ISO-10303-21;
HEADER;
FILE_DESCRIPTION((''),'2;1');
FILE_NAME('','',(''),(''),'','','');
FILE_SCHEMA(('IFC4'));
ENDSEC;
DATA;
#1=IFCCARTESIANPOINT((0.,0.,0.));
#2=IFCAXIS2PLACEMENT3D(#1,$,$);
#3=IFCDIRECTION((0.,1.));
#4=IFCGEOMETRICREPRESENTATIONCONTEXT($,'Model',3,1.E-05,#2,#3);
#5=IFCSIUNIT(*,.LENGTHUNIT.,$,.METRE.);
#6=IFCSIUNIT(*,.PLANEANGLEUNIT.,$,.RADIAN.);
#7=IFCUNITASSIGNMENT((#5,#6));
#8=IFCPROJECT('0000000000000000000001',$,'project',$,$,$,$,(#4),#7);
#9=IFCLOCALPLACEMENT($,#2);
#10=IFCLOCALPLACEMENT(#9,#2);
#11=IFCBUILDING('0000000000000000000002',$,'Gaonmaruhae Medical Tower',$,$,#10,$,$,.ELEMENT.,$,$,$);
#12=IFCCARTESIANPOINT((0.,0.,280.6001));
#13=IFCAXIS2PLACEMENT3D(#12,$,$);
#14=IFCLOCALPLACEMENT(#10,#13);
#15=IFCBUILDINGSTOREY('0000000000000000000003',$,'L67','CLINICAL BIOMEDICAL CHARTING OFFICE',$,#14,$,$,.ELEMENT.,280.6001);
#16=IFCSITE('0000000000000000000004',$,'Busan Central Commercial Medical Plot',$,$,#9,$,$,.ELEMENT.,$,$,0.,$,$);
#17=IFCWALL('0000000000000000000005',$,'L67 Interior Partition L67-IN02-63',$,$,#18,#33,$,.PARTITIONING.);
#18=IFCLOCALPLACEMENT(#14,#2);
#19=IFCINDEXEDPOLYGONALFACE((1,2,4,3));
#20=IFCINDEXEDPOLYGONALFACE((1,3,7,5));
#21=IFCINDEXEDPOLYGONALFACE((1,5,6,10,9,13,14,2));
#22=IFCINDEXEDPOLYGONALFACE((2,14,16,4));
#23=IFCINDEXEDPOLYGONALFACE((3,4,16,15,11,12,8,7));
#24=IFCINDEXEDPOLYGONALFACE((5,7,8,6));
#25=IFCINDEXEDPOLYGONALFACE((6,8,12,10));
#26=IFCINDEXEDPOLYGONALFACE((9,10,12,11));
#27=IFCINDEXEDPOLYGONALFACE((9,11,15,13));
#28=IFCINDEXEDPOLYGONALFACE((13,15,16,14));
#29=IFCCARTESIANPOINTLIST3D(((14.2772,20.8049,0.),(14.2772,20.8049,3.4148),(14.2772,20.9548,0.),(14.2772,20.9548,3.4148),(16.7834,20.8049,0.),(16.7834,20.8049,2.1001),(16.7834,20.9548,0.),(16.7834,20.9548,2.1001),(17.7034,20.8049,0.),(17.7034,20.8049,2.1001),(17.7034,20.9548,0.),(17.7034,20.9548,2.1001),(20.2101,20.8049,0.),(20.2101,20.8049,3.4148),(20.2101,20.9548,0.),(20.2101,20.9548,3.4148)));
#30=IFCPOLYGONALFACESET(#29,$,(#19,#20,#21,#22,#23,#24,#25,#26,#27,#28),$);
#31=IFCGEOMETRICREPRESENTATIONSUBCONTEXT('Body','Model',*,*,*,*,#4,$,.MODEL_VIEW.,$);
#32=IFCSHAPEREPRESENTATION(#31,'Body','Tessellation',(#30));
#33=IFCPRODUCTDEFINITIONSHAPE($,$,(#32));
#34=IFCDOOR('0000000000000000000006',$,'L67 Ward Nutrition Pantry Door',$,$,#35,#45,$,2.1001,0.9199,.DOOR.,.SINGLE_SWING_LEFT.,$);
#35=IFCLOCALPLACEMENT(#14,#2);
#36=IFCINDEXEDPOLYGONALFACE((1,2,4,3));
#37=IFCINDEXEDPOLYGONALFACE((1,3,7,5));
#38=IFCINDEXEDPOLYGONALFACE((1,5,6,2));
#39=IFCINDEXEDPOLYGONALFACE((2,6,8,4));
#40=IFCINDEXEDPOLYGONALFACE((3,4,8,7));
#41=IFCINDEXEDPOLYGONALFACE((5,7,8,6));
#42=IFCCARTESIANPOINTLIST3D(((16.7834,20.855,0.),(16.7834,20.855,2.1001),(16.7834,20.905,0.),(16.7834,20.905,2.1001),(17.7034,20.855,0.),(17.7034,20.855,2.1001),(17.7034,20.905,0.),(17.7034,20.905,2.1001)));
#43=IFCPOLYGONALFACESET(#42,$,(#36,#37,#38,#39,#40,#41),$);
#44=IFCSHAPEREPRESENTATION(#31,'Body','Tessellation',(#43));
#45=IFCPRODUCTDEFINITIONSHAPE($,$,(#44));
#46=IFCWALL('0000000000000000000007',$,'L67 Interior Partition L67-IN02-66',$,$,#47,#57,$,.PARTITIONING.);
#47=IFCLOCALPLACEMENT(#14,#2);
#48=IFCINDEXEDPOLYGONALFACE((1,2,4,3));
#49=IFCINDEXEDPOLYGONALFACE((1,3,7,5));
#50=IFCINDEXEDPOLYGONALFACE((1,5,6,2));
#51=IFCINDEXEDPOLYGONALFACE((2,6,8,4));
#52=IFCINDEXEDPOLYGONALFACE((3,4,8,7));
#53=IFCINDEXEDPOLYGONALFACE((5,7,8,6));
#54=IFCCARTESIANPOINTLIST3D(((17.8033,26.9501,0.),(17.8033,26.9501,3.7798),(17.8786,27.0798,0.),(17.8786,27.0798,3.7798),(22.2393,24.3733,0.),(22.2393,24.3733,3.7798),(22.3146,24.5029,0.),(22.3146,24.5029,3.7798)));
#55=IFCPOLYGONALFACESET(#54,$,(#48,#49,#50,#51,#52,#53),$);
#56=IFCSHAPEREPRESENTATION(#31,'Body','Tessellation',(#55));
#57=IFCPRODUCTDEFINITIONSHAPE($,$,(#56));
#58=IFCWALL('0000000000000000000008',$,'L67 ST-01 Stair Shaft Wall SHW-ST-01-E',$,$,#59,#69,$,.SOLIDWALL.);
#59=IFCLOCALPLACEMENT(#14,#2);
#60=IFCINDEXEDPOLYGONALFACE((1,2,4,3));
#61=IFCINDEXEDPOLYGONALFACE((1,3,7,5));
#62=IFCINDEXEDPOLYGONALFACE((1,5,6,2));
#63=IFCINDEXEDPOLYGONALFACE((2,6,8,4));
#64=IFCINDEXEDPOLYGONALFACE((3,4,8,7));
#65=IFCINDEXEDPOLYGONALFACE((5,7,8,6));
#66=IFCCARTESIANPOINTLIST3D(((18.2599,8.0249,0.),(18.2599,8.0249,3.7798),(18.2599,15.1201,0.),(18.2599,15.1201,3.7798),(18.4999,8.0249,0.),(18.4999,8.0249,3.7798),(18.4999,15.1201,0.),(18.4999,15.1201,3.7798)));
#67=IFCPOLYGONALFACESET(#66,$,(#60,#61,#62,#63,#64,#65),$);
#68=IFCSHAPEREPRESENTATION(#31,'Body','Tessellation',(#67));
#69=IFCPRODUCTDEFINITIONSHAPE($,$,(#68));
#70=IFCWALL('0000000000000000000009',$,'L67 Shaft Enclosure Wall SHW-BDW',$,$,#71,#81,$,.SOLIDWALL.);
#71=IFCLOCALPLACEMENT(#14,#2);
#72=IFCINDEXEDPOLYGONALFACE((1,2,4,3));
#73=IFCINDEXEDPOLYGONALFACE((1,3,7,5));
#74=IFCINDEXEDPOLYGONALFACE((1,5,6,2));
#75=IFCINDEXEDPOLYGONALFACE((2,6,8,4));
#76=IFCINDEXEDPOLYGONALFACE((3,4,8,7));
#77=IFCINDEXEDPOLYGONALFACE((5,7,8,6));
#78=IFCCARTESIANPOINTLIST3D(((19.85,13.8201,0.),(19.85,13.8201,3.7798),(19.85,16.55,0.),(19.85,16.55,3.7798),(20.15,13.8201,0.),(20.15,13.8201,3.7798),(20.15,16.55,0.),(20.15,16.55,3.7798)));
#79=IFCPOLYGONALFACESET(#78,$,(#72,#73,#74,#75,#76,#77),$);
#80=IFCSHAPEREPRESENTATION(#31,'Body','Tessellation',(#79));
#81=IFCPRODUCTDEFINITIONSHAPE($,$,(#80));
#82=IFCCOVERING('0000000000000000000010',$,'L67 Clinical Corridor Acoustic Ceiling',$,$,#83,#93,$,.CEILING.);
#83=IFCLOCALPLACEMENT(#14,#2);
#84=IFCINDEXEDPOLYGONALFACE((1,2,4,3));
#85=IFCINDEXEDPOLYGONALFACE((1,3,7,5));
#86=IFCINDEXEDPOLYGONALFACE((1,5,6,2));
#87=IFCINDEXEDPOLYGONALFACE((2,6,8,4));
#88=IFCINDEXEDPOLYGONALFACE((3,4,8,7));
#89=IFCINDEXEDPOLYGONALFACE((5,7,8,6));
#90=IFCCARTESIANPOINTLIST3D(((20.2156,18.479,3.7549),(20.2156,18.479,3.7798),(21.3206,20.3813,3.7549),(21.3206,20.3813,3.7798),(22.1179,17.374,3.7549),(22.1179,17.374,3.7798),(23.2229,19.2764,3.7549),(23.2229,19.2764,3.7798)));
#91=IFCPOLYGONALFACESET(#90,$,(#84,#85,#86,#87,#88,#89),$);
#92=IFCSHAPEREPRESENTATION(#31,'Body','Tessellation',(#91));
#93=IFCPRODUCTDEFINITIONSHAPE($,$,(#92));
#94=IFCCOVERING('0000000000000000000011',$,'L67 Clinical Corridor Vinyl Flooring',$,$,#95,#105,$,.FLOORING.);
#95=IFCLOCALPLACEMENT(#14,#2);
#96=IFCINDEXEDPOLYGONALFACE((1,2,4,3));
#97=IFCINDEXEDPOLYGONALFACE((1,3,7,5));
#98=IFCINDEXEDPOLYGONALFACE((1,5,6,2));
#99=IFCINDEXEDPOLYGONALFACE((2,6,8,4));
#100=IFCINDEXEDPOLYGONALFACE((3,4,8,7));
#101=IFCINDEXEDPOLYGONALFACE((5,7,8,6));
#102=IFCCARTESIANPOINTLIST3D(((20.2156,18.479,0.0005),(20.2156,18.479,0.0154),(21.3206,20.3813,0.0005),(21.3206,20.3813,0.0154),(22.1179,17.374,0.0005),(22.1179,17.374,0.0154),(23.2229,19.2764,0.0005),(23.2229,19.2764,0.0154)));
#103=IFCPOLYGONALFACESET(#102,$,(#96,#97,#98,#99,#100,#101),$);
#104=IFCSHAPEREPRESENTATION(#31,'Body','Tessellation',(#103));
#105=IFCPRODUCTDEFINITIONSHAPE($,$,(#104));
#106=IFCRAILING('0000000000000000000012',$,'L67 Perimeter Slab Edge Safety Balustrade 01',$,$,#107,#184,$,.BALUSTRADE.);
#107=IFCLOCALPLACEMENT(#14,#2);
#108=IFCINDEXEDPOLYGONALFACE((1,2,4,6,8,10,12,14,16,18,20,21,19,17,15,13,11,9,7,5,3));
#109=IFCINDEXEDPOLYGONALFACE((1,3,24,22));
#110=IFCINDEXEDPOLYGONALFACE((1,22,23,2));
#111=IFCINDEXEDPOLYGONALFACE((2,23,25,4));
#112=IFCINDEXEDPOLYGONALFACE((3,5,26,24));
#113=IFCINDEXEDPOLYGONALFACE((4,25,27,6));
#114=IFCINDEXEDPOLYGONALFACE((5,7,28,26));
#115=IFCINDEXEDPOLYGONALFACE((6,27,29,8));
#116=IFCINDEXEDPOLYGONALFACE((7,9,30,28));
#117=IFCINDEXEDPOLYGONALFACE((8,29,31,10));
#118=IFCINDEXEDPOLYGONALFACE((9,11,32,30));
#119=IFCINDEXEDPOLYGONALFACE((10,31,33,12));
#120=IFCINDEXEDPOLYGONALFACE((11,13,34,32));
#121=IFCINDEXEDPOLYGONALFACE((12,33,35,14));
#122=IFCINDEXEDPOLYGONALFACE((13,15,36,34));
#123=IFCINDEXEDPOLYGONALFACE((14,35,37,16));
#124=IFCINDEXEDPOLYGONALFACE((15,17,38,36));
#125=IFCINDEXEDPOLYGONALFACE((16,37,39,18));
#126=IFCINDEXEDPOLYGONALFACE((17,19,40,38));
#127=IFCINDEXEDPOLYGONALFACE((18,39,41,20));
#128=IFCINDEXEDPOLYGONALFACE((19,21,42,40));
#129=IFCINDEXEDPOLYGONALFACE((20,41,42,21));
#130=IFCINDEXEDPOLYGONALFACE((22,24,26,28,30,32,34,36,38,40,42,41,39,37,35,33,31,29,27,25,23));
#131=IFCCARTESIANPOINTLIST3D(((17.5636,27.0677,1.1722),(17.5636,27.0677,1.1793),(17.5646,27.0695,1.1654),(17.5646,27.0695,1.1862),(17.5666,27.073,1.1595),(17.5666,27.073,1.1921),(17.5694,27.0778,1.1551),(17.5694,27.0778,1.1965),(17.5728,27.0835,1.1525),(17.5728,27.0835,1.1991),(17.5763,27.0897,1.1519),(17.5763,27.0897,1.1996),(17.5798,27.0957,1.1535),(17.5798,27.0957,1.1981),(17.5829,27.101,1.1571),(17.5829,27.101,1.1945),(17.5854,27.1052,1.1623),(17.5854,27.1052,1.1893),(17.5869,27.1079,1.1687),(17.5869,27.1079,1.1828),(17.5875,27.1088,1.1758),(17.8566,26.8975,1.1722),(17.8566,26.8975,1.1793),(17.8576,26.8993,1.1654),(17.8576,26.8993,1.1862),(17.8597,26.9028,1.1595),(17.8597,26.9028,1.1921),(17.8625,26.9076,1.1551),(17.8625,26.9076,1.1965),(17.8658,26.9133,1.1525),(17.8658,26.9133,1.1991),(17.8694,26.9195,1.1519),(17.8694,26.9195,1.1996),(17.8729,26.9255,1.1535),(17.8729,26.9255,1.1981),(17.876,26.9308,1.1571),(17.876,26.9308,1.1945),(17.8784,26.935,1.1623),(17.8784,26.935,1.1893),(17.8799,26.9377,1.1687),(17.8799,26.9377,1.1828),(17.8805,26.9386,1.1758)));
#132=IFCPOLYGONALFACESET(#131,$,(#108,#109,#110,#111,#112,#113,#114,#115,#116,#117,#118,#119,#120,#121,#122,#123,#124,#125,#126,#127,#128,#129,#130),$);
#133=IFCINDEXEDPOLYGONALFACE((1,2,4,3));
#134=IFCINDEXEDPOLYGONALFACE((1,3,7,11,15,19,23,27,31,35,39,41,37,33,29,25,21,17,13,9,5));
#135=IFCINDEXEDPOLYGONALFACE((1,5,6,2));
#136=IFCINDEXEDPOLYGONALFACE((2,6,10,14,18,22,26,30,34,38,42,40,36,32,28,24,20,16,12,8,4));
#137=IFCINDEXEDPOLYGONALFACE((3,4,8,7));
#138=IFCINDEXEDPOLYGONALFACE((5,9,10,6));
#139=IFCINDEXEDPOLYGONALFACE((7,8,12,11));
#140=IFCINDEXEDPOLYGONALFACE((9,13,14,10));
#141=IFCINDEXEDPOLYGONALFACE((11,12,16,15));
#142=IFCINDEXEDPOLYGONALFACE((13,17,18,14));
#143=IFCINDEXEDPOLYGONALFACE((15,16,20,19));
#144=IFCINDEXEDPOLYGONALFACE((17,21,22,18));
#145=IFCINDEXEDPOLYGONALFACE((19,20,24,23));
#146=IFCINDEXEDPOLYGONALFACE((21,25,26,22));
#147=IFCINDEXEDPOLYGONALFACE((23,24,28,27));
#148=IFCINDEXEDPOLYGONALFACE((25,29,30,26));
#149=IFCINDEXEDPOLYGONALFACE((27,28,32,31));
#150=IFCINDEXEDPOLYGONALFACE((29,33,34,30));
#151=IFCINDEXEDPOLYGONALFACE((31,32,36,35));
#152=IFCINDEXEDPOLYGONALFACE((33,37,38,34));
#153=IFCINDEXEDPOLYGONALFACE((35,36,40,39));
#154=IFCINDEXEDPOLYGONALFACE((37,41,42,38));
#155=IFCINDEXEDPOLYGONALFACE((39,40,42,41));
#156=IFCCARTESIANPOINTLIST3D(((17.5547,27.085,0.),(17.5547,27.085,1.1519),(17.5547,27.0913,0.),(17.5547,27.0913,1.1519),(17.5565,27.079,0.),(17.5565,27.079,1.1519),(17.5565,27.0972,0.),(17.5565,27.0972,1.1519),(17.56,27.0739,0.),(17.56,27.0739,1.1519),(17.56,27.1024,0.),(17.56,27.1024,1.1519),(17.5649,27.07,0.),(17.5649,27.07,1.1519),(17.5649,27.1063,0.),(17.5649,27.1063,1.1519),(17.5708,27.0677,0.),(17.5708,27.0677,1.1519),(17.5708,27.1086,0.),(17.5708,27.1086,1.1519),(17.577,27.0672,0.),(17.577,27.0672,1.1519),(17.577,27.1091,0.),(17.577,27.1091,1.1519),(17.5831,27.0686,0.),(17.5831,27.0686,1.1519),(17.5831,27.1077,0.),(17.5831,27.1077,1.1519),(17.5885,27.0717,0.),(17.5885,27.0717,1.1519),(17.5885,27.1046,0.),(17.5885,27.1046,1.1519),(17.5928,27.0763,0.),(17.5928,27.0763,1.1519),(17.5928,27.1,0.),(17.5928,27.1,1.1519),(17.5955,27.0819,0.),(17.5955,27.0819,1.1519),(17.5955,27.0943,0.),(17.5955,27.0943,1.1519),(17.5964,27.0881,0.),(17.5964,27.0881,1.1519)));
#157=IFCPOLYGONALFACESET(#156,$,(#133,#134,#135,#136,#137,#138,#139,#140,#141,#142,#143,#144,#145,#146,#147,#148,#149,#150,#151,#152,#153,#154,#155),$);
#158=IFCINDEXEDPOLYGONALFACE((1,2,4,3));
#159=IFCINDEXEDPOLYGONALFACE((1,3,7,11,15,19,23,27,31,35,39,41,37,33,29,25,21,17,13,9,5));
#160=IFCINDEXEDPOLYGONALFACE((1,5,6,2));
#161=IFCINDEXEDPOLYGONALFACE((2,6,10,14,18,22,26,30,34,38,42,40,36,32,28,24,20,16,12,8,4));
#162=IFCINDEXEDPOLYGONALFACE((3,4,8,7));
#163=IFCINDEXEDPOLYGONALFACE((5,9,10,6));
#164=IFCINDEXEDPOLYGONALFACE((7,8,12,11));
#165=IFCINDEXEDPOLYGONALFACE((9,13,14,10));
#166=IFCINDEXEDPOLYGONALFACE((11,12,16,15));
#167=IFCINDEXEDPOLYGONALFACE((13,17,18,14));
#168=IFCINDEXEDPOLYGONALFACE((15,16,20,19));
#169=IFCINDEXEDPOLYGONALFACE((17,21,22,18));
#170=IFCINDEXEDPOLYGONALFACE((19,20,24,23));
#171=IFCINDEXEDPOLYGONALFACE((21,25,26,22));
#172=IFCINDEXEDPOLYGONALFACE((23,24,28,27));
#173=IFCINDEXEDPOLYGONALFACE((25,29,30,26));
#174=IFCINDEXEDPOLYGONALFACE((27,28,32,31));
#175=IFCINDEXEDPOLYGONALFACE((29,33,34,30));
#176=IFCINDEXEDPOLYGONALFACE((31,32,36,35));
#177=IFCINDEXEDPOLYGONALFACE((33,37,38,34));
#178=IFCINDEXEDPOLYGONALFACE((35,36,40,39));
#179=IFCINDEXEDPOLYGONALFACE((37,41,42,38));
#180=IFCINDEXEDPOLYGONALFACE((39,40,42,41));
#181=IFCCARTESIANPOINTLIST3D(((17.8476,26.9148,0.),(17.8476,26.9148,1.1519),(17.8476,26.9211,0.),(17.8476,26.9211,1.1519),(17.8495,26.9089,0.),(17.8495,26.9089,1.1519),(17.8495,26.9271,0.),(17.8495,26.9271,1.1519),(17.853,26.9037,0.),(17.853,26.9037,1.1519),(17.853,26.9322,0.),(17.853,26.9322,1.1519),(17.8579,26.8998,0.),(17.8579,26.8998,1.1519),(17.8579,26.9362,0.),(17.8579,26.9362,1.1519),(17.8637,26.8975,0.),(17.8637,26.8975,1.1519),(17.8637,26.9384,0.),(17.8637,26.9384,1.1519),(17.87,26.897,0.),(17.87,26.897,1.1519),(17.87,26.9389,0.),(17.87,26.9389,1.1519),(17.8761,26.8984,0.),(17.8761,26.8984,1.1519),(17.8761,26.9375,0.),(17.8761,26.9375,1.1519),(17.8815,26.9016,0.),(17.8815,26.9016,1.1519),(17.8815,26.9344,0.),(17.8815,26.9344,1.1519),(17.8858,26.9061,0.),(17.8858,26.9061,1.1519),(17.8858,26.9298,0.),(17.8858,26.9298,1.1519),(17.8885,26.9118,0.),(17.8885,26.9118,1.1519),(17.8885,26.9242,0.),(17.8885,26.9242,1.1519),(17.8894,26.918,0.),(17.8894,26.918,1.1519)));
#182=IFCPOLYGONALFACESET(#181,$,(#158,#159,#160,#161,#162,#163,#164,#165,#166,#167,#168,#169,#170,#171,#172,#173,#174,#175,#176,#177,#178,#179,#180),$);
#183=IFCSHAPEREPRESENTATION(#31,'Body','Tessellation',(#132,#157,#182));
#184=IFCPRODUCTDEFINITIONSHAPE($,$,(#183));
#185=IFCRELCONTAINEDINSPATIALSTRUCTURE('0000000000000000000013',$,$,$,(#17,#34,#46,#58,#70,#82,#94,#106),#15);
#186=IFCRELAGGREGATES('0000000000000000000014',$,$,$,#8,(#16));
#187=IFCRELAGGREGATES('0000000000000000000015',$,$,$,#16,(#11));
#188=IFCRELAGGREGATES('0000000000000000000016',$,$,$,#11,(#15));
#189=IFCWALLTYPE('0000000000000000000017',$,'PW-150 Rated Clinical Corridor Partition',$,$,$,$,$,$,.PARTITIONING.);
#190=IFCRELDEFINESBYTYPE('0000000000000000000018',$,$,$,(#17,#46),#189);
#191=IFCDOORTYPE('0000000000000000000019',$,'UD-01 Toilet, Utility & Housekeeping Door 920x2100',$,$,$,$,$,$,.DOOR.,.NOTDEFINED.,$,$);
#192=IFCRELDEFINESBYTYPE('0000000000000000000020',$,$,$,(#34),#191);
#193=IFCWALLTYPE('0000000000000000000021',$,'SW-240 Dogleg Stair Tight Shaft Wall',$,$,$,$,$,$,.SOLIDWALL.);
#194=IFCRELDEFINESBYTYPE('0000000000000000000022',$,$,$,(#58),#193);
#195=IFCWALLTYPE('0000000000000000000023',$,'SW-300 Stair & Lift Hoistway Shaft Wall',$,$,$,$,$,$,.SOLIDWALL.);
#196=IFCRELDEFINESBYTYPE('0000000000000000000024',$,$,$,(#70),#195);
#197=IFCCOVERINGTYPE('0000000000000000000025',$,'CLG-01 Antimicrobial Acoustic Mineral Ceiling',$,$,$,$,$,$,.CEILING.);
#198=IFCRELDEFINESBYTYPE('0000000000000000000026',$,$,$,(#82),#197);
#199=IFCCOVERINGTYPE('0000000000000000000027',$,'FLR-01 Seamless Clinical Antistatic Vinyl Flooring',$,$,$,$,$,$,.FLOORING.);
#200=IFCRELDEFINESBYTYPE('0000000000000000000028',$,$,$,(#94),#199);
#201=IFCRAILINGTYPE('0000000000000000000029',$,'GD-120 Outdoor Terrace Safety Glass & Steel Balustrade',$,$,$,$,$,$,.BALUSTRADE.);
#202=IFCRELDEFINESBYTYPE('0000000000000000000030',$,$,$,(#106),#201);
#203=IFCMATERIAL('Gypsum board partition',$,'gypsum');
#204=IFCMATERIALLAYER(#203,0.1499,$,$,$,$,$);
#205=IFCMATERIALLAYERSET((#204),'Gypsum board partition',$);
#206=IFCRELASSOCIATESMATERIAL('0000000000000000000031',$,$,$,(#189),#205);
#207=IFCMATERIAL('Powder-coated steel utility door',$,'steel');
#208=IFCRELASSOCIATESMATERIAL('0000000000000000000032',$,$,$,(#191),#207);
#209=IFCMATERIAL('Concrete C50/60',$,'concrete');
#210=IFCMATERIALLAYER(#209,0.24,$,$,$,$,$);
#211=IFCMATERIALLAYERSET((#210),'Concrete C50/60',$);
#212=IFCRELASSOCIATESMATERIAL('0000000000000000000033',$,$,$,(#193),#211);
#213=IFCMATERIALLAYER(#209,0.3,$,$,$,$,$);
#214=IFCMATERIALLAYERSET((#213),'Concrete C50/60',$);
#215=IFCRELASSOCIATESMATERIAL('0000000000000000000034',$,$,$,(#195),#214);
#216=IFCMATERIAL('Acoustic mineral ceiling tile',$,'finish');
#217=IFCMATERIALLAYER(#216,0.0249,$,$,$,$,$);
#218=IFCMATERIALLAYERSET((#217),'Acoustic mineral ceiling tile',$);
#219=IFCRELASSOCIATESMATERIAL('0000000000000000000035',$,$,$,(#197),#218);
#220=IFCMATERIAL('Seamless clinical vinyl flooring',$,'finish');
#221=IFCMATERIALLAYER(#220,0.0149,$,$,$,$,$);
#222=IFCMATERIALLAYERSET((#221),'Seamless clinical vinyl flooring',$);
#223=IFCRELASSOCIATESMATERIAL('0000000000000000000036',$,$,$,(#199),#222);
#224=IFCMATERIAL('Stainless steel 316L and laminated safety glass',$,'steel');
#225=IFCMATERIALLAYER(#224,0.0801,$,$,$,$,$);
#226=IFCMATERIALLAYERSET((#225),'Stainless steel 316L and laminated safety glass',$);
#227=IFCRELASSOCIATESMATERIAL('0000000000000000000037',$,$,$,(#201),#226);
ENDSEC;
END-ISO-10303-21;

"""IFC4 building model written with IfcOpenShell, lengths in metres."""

from ifc_helpers import new_model, si_unit, direction, frame, frame_2d, origin, origin_2d, place, context, subcontext, project, spatial, rectangle, circle, extrude, material, layer, layer_set, type_object, element, fill, save


model = new_model("IFC4")

# Units and contexts
model_context = context("Model", 3, precision=1e-05, world=origin(), true_north=direction((0.0, 1.0)))
body_context = subcontext(model_context, "Body", "Model", "MODEL_VIEW")
ifc_project = project(units=[si_unit("LENGTHUNIT", "METRE"), si_unit("PLANEANGLEUNIT", "RADIAN")], contexts=[model_context])

# Site, building, storey
site_placement = place(None, origin())
site = spatial("IfcSite", under=ifc_project, at=site_placement, Name="Busan Central Commercial Medical Plot", CompositionType="ELEMENT", RefElevation=0.0)
building_placement = place(site_placement, origin())
building = spatial("IfcBuilding", under=site, at=building_placement, Name="Gaonmaruhae Medical Tower", CompositionType="ELEMENT")
storey_placement = place(building_placement, frame((0.0, 0.0, 280.6001)))
storey = spatial("IfcBuildingStorey", under=building, at=storey_placement, Name="L67", Description="CLINICAL BIOMEDICAL CHARTING OFFICE", CompositionType="ELEMENT", Elevation=280.6001)

# Shared definitions
ifc_material_1 = material(Name="Concrete C50/60", Category="concrete")

# Shared definitions
ifc_material_2 = material(Name="Gypsum board partition", Category="gypsum")
ifc_layer_1 = layer(ifc_material_2, 0.1499)
ifc_layer_set_1 = layer_set([ifc_layer_1], Name="Gypsum board partition")
wall_type_1 = type_object("IfcWallType", Name="PW-150 Rated Clinical Corridor Partition", PredefinedType="PARTITIONING", material=ifc_layer_set_1)

# Wall, opening, door
wall_1_placement = place(storey_placement, frame((20.21, 20.8799, 0.0), z_axis=(0.0, 0.0, 1.0), x_axis=(-1.0, 0.0, 0.0)))
wall_1 = element("IfcWall", 1, at=wall_1_placement, inside=storey, type_object=wall_type_1, Name="L67 Interior Partition L67-IN02-63", PredefinedType="PARTITIONING", context=body_context, shape_type="SweptSolid", body=[
    extrude(rectangle(XDim=5.9329, YDim=0.1499, at=frame_2d((2.9663, 0.0))), origin(), (0.0, 0.0, 1.0), 3.4148),
])
opening_1_placement = place(wall_1_placement, frame((2.5066, 0.0, 0.0)))
opening_1 = element("IfcOpeningElement", 2, at=opening_1_placement, cuts=wall_1, PredefinedType="OPENING", context=body_context, shape_type="SweptSolid", body=[
    extrude(rectangle(XDim=0.9199, YDim=2.1001, at=frame_2d((0.46, 1.05))), frame((0.0, 0.085, 0.0), z_axis=(0.0, -1.0, 0.0), x_axis=(1.0, 0.0, 0.0)), (0.0, 0.0, 1.0), 0.1699),
])
ifc_material_3 = material(Name="Powder-coated steel utility door", Category="steel")
door_type_1 = type_object("IfcDoorType", Name="UD-01 Toilet, Utility & Housekeeping Door 920x2100", OperationType="NOTDEFINED", PredefinedType="DOOR", material=ifc_material_3)
door_1_placement = place(opening_1_placement, origin())
door_1 = element("IfcDoor", 3, at=door_1_placement, inside=storey, type_object=door_type_1, Name="L67 Ward Nutrition Pantry Door", OperationType="SINGLE_SWING_LEFT", OverallHeight=2.1001, OverallWidth=0.9199, PredefinedType="DOOR", context=body_context, shape_type="SweptSolid", body=[
    extrude(rectangle(XDim=0.9199, YDim=2.1001, at=frame_2d((0.46, 1.05))), frame((0.0, 0.0249, 0.0), z_axis=(0.0, -1.0, 0.0), x_axis=(1.0, 0.0, 0.0)), (0.0, 0.0, 1.0), 0.05),
])
fill(opening_1, door_1)

# Walls
wall_2_placement = place(storey_placement, frame((17.8411, 27.0149, 0.0), z_axis=(0.0, 0.0, 1.0), x_axis=(0.864692, -0.502302, 0.0)))
element("IfcWall", 4, at=wall_2_placement, inside=storey, type_object=wall_type_1, Name="L67 Interior Partition L67-IN02-66", PredefinedType="PARTITIONING", context=body_context, shape_type="SweptSolid", body=[
    extrude(rectangle(XDim=5.1301, YDim=0.1499, at=frame_2d((2.5649, 0.0))), origin(), (0.0, 0.0, 1.0), 3.7798),
])
ifc_layer_2 = layer(ifc_material_1, 0.24)
ifc_layer_set_2 = layer_set([ifc_layer_2], Name="Concrete C50/60")
wall_type_2 = type_object("IfcWallType", Name="SW-240 Dogleg Stair Tight Shaft Wall", PredefinedType="SOLIDWALL", material=ifc_layer_set_2)
wall_3_placement = place(storey_placement, frame((18.3799, 15.1201, 0.0), z_axis=(0.0, 0.0, 1.0), x_axis=(0.0, -1.0, 0.0)))
element("IfcWall", 5, at=wall_3_placement, inside=storey, type_object=wall_type_2, Name="L67 ST-01 Stair Shaft Wall SHW-ST-01-E", PredefinedType="SOLIDWALL", context=body_context, shape_type="SweptSolid", body=[
    extrude(rectangle(XDim=7.0952, YDim=0.24, at=frame_2d((3.5476, 0.0))), origin(), (0.0, 0.0, 1.0), 3.7798),
])

# Shared definitions
ifc_layer_3 = layer(ifc_material_1, 0.3)
ifc_layer_set_3 = layer_set([ifc_layer_3], Name="Concrete C50/60")
wall_type_3 = type_object("IfcWallType", Name="SW-300 Stair & Lift Hoistway Shaft Wall", PredefinedType="SOLIDWALL", material=ifc_layer_set_3)

# Wall
wall_4_placement = place(storey_placement, frame((20.0, 13.8201, 0.0), z_axis=(0.0, 0.0, 1.0), x_axis=(0.0, 1.0, 0.0)))
element("IfcWall", 6, at=wall_4_placement, inside=storey, type_object=wall_type_3, Name="L67 Shaft Enclosure Wall SHW-BDW", PredefinedType="SOLIDWALL", context=body_context, shape_type="SweptSolid", body=[
    extrude(rectangle(XDim=2.73, YDim=0.3, at=frame_2d((1.365, 0.0))), origin(), (0.0, 0.0, 1.0), 3.7798),
])

# Coverings
ifc_material_4 = material(Name="Acoustic mineral ceiling tile", Category="finish")
ifc_layer_4 = layer(ifc_material_4, 0.0249)
ifc_layer_set_4 = layer_set([ifc_layer_4], Name="Acoustic mineral ceiling tile")
covering_type_1 = type_object("IfcCoveringType", Name="CLG-01 Antimicrobial Acoustic Mineral Ceiling", PredefinedType="CEILING", material=ifc_layer_set_4)
covering_1_placement = place(storey_placement, frame((21.7192, 18.8777, 3.7549), z_axis=(0.0, 0.0, 1.0), x_axis=(0.502266, 0.864713, 0.0)))
element("IfcCovering", 7, at=covering_1_placement, inside=storey, type_object=covering_type_1, Name="L67 Clinical Corridor Acoustic Ceiling", PredefinedType="CEILING", context=body_context, shape_type="SweptSolid", body=[
    extrude(rectangle(XDim=2.2, YDim=2.2, at=origin_2d()), origin(), (0.0, 0.0, 1.0), 0.0249),
])
ifc_material_5 = material(Name="Seamless clinical vinyl flooring", Category="finish")
ifc_layer_5 = layer(ifc_material_5, 0.0149)
ifc_layer_set_5 = layer_set([ifc_layer_5], Name="Seamless clinical vinyl flooring")
covering_type_2 = type_object("IfcCoveringType", Name="FLR-01 Seamless Clinical Antistatic Vinyl Flooring", PredefinedType="FLOORING", material=ifc_layer_set_5)
covering_2_placement = place(storey_placement, frame((21.7192, 18.8777, 0.0005), z_axis=(0.0, 0.0, 1.0), x_axis=(0.502266, 0.864713, 0.0)))
element("IfcCovering", 8, at=covering_2_placement, inside=storey, type_object=covering_type_2, Name="L67 Clinical Corridor Vinyl Flooring", PredefinedType="FLOORING", context=body_context, shape_type="SweptSolid", body=[
    extrude(rectangle(XDim=2.2, YDim=2.2, at=origin_2d()), origin(), (0.0, 0.0, 1.0), 0.0149),
])

# Railing
ifc_material_6 = material(Name="Stainless steel 316L and laminated safety glass", Category="steel")
ifc_layer_6 = layer(ifc_material_6, 0.0801)
ifc_layer_set_6 = layer_set([ifc_layer_6], Name="Stainless steel 316L and laminated safety glass")
railing_type_1 = type_object("IfcRailingType", Name="GD-120 Outdoor Terrace Safety Glass & Steel Balustrade", PredefinedType="BALUSTRADE", material=ifc_layer_set_6)
railing_1_placement = place(storey_placement, frame((17.5754, 27.0881, 0.0)))
element("IfcRailing", 9, at=railing_1_placement, inside=storey, type_object=railing_type_1, Name="L67 Perimeter Slab Edge Safety Balustrade 01", PredefinedType="BALUSTRADE", context=body_context, shape_type="SweptSolid", body=[
    extrude(circle(Radius=0.0239, at=origin_2d()), frame((0.0, 0.0, 1.1758), z_axis=(0.864718, -0.502257, 0.0), x_axis=(0.502257, 0.864718, 0.0)), (0.0, 0.0, 1.0), 0.3389),
    extrude(circle(Radius=0.021, at=origin_2d()), origin(), (0.0, 0.0, 1.0), 1.1519),
    extrude(circle(Radius=0.021, at=origin_2d()), frame((0.293, -0.1702, 0.0)), (0.0, 0.0, 1.0), 1.1519),
])

save(model, "model.ifc")
